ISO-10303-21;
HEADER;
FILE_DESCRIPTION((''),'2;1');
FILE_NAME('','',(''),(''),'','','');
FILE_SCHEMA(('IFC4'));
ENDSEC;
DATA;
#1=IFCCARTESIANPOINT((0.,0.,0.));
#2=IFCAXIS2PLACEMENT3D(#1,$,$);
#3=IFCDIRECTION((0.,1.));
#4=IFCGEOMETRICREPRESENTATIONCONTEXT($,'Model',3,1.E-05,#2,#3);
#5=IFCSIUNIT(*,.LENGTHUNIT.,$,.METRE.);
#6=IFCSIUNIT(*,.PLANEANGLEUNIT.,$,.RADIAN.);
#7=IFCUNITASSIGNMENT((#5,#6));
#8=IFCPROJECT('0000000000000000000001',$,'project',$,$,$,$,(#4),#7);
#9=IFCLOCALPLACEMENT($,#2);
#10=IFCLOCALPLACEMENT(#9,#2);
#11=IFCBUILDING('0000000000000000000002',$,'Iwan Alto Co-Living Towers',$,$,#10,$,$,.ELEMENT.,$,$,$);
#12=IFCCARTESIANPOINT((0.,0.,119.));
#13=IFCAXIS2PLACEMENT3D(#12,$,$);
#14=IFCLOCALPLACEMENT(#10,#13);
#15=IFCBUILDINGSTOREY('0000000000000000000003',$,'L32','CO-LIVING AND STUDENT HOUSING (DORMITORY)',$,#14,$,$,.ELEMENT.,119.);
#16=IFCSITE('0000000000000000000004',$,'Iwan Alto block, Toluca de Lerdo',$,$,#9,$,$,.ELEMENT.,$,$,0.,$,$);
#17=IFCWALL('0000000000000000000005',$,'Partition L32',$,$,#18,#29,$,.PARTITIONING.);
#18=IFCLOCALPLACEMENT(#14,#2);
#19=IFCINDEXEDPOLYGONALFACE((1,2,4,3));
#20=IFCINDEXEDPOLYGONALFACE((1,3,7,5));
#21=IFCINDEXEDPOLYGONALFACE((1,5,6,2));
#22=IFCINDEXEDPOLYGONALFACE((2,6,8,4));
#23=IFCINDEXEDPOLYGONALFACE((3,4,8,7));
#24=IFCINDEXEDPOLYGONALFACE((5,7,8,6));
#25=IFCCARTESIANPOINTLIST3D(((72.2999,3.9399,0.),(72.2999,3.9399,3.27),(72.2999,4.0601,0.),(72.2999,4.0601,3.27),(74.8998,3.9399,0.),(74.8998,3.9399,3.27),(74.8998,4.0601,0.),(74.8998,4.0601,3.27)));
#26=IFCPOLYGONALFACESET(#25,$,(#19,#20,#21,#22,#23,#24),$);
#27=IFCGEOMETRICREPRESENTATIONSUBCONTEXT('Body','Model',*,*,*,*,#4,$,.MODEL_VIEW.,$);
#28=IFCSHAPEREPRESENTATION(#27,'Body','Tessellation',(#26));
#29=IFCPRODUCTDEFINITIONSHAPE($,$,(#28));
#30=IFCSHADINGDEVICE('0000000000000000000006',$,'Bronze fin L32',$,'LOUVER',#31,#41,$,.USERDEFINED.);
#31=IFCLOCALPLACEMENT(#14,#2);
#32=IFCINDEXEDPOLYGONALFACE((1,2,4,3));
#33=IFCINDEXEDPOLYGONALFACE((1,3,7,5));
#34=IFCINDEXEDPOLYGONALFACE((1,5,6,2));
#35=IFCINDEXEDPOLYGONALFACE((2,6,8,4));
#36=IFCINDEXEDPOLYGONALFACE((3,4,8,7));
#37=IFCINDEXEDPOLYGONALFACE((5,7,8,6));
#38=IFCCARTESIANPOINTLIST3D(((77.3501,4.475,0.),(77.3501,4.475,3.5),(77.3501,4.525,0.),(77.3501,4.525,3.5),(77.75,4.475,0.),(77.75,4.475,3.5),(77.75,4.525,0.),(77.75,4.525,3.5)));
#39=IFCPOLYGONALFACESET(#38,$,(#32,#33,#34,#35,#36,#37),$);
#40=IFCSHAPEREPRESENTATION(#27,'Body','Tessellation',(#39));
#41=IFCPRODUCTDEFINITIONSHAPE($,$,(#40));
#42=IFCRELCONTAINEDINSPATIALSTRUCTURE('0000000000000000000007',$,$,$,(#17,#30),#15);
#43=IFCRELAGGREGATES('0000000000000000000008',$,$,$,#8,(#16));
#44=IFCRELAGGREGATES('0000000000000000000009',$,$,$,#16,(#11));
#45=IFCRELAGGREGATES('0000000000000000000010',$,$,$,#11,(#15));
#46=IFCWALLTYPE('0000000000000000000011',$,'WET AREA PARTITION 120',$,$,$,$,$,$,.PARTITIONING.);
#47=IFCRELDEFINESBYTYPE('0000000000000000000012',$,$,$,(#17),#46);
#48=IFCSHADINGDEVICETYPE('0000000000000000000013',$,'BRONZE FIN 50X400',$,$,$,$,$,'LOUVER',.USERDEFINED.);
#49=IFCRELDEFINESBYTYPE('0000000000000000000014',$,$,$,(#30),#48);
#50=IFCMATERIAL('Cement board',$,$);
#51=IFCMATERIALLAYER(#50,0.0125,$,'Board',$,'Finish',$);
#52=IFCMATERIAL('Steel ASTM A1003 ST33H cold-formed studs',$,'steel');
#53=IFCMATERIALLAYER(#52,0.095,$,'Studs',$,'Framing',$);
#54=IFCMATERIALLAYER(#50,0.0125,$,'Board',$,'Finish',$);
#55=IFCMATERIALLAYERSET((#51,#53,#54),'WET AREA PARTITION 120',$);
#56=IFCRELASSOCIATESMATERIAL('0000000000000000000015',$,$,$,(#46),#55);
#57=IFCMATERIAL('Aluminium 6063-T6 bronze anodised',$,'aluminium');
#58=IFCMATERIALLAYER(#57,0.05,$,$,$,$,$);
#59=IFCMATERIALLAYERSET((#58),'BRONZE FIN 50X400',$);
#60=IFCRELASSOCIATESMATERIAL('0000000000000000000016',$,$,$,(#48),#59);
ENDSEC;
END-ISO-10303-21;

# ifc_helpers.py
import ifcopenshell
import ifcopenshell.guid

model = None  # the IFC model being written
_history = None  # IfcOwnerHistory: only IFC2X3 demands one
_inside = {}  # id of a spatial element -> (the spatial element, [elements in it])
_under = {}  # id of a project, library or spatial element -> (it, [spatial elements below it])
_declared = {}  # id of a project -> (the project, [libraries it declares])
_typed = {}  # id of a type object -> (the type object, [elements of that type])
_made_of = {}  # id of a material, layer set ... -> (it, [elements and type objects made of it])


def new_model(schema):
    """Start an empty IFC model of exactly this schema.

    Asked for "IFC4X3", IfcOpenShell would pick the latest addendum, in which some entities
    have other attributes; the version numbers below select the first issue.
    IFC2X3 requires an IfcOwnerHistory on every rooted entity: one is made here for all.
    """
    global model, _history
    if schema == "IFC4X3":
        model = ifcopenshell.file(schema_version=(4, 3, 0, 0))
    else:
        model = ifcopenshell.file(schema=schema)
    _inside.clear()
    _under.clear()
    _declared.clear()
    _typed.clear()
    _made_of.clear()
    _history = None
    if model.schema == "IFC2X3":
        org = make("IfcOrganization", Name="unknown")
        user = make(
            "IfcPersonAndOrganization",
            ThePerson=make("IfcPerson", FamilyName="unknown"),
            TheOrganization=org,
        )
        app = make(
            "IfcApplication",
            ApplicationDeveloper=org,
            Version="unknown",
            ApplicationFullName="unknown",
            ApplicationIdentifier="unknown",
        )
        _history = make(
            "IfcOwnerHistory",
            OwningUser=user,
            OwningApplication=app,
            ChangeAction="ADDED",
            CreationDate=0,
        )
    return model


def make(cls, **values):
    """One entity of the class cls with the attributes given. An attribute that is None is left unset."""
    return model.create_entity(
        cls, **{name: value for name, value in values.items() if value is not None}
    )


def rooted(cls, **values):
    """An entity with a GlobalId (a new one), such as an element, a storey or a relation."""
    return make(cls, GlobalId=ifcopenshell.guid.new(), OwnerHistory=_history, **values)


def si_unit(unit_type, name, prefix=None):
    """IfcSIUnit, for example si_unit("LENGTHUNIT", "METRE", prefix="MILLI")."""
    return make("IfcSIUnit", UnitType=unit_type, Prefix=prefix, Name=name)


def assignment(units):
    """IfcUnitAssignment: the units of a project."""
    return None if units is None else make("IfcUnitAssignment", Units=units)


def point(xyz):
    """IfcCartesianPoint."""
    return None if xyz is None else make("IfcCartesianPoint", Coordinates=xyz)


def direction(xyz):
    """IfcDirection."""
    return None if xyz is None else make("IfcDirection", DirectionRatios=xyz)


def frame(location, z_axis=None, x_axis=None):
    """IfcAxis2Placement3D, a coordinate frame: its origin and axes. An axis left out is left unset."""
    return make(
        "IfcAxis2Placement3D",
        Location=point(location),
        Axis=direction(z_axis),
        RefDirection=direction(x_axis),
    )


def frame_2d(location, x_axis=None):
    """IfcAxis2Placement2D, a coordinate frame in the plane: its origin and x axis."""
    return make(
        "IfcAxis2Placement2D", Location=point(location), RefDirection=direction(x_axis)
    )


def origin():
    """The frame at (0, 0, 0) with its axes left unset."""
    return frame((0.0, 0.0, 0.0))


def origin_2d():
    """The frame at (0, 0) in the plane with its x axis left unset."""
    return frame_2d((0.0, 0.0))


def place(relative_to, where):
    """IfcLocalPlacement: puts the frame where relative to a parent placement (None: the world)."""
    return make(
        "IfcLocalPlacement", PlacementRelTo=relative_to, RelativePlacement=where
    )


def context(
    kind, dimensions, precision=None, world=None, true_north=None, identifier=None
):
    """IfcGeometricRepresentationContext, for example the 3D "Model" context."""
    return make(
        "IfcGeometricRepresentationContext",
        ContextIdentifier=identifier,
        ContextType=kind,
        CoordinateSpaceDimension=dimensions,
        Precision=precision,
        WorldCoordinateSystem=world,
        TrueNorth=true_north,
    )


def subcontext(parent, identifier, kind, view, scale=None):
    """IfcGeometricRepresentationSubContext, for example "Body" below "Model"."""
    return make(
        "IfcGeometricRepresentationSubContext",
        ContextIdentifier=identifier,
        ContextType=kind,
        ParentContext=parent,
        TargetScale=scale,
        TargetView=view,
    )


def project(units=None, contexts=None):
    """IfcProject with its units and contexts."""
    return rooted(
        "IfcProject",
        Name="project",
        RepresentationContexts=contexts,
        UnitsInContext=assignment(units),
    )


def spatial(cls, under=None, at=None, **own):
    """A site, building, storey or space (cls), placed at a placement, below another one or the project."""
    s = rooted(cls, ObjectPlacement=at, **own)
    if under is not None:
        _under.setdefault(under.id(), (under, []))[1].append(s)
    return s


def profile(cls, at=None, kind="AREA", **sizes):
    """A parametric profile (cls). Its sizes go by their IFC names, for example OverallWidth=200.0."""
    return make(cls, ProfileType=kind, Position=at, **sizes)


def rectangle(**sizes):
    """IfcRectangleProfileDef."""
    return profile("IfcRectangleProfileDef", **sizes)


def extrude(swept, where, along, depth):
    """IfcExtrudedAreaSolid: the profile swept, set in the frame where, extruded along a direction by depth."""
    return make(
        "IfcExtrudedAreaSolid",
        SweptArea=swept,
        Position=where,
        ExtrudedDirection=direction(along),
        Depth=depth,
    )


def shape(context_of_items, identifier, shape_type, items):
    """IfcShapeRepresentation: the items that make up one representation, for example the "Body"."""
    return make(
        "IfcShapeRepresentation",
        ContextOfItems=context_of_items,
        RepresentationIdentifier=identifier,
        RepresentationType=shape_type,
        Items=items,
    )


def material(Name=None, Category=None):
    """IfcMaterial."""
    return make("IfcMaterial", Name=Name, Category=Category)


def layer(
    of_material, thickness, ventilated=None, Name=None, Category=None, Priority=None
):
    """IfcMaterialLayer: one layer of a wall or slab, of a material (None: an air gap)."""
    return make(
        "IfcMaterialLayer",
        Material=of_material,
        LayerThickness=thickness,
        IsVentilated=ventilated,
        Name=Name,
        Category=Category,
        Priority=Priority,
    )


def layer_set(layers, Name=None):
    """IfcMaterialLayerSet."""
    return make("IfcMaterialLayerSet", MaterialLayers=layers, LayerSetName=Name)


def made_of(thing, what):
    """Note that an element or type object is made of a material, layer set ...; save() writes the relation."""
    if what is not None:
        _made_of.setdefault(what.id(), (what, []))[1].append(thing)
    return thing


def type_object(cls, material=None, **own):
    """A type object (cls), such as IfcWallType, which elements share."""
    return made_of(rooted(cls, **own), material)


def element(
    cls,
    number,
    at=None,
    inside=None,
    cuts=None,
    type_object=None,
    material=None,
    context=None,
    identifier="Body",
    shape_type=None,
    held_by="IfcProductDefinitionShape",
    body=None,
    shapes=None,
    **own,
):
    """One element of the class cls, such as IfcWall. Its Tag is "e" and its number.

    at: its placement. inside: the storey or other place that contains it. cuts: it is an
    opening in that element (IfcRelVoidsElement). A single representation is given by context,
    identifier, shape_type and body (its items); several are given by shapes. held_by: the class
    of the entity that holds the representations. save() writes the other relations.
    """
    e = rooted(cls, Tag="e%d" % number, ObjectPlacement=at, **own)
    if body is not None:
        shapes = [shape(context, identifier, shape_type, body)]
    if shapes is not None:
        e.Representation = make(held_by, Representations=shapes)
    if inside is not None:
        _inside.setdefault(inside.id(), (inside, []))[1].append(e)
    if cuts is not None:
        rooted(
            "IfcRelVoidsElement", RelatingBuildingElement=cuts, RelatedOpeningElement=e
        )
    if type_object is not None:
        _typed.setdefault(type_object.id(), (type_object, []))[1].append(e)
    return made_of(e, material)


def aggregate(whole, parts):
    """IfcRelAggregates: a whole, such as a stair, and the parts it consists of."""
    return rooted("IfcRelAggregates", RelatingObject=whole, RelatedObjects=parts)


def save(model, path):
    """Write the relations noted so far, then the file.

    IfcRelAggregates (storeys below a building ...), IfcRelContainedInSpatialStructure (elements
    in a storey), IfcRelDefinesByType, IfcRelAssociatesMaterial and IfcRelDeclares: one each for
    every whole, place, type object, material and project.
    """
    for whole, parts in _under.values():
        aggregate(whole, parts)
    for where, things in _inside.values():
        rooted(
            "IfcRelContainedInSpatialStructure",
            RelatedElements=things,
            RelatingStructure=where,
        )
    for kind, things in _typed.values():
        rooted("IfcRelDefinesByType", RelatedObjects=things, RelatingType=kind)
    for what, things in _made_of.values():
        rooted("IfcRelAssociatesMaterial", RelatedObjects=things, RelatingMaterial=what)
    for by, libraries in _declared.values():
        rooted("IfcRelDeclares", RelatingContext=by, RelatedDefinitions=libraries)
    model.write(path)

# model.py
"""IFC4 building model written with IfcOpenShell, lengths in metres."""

from ifc_helpers import new_model, si_unit, direction, frame, frame_2d, origin, origin_2d, place, context, subcontext, project, spatial, rectangle, extrude, material, layer, layer_set, type_object, element, save


model = new_model("IFC4")

# Units and contexts
model_context = context("Model", 3, precision=1e-05, world=origin(), true_north=direction((0.0, 1.0)))
body_context = subcontext(model_context, "Body", "Model", "MODEL_VIEW")
ifc_project = project(units=[si_unit("LENGTHUNIT", "METRE"), si_unit("PLANEANGLEUNIT", "RADIAN")], contexts=[model_context])

# Site, building, storey
site_placement = place(None, origin())
site = spatial("IfcSite", under=ifc_project, at=site_placement, Name="Iwan Alto block, Toluca de Lerdo", CompositionType="ELEMENT", RefElevation=0.0)
building_placement = place(site_placement, origin())
building = spatial("IfcBuilding", under=site, at=building_placement, Name="Iwan Alto Co-Living Towers", CompositionType="ELEMENT")
storey_placement = place(building_placement, frame((0.0, 0.0, 119.0)))
storey = spatial("IfcBuildingStorey", under=building, at=storey_placement, Name="L32", Description="CO-LIVING AND STUDENT HOUSING (DORMITORY)", CompositionType="ELEMENT", Elevation=119.0)

# Shared definitions
ifc_material_1 = material(Name="Steel ASTM A1003 ST33H cold-formed studs", Category="steel")

# Shared definitions
ifc_material_2 = material(Name="Cement board")
ifc_layer_1 = layer(ifc_material_2, 0.0125, Name="Board", Category="Finish")
ifc_layer_2 = layer(ifc_material_1, 0.095, Name="Studs", Category="Framing")
ifc_layer_3 = layer(ifc_material_2, 0.0125, Name="Board", Category="Finish")
ifc_layer_set_1 = layer_set([ifc_layer_1, ifc_layer_2, ifc_layer_3], Name="WET AREA PARTITION 120")
wall_type_1 = type_object("IfcWallType", Name="WET AREA PARTITION 120", PredefinedType="PARTITIONING", material=ifc_layer_set_1)

# Wall
wall_1_placement = place(storey_placement, frame((72.3, 4.0, 0.0), z_axis=(0.0, 0.0, 1.0), x_axis=(1.0, 0.0, 0.0)))
element("IfcWall", 1, at=wall_1_placement, inside=storey, type_object=wall_type_1, Name="Partition L32", PredefinedType="PARTITIONING", context=body_context, shape_type="SweptSolid", body=[
    extrude(rectangle(XDim=2.5999, YDim=0.1201, at=frame_2d((1.2998, 0.0))), origin(), (0.0, 0.0, 1.0), 3.27),
])

# Shading device
ifc_material_3 = material(Name="Aluminium 6063-T6 bronze anodised", Category="aluminium")
ifc_layer_4 = layer(ifc_material_3, 0.05)
ifc_layer_set_2 = layer_set([ifc_layer_4], Name="BRONZE FIN 50X400")
shading_device_type = type_object("IfcShadingDeviceType", Name="BRONZE FIN 50X400", ElementType="LOUVER", PredefinedType="USERDEFINED", material=ifc_layer_set_2)
shading_device_placement = place(storey_placement, frame((77.55, 4.5, 0.0), z_axis=(0.0, 0.0, 1.0), x_axis=(0.0, 1.0, 0.0)))
element("IfcShadingDevice", 2, at=shading_device_placement, inside=storey, type_object=shading_device_type, Name="Bronze fin L32", ObjectType="LOUVER", PredefinedType="USERDEFINED", context=body_context, shape_type="SweptSolid", body=[
    extrude(rectangle(XDim=0.05, YDim=0.3999, at=origin_2d()), origin(), (0.0, 0.0, 1.0), 3.5),
])

save(model, "model.ifc")
